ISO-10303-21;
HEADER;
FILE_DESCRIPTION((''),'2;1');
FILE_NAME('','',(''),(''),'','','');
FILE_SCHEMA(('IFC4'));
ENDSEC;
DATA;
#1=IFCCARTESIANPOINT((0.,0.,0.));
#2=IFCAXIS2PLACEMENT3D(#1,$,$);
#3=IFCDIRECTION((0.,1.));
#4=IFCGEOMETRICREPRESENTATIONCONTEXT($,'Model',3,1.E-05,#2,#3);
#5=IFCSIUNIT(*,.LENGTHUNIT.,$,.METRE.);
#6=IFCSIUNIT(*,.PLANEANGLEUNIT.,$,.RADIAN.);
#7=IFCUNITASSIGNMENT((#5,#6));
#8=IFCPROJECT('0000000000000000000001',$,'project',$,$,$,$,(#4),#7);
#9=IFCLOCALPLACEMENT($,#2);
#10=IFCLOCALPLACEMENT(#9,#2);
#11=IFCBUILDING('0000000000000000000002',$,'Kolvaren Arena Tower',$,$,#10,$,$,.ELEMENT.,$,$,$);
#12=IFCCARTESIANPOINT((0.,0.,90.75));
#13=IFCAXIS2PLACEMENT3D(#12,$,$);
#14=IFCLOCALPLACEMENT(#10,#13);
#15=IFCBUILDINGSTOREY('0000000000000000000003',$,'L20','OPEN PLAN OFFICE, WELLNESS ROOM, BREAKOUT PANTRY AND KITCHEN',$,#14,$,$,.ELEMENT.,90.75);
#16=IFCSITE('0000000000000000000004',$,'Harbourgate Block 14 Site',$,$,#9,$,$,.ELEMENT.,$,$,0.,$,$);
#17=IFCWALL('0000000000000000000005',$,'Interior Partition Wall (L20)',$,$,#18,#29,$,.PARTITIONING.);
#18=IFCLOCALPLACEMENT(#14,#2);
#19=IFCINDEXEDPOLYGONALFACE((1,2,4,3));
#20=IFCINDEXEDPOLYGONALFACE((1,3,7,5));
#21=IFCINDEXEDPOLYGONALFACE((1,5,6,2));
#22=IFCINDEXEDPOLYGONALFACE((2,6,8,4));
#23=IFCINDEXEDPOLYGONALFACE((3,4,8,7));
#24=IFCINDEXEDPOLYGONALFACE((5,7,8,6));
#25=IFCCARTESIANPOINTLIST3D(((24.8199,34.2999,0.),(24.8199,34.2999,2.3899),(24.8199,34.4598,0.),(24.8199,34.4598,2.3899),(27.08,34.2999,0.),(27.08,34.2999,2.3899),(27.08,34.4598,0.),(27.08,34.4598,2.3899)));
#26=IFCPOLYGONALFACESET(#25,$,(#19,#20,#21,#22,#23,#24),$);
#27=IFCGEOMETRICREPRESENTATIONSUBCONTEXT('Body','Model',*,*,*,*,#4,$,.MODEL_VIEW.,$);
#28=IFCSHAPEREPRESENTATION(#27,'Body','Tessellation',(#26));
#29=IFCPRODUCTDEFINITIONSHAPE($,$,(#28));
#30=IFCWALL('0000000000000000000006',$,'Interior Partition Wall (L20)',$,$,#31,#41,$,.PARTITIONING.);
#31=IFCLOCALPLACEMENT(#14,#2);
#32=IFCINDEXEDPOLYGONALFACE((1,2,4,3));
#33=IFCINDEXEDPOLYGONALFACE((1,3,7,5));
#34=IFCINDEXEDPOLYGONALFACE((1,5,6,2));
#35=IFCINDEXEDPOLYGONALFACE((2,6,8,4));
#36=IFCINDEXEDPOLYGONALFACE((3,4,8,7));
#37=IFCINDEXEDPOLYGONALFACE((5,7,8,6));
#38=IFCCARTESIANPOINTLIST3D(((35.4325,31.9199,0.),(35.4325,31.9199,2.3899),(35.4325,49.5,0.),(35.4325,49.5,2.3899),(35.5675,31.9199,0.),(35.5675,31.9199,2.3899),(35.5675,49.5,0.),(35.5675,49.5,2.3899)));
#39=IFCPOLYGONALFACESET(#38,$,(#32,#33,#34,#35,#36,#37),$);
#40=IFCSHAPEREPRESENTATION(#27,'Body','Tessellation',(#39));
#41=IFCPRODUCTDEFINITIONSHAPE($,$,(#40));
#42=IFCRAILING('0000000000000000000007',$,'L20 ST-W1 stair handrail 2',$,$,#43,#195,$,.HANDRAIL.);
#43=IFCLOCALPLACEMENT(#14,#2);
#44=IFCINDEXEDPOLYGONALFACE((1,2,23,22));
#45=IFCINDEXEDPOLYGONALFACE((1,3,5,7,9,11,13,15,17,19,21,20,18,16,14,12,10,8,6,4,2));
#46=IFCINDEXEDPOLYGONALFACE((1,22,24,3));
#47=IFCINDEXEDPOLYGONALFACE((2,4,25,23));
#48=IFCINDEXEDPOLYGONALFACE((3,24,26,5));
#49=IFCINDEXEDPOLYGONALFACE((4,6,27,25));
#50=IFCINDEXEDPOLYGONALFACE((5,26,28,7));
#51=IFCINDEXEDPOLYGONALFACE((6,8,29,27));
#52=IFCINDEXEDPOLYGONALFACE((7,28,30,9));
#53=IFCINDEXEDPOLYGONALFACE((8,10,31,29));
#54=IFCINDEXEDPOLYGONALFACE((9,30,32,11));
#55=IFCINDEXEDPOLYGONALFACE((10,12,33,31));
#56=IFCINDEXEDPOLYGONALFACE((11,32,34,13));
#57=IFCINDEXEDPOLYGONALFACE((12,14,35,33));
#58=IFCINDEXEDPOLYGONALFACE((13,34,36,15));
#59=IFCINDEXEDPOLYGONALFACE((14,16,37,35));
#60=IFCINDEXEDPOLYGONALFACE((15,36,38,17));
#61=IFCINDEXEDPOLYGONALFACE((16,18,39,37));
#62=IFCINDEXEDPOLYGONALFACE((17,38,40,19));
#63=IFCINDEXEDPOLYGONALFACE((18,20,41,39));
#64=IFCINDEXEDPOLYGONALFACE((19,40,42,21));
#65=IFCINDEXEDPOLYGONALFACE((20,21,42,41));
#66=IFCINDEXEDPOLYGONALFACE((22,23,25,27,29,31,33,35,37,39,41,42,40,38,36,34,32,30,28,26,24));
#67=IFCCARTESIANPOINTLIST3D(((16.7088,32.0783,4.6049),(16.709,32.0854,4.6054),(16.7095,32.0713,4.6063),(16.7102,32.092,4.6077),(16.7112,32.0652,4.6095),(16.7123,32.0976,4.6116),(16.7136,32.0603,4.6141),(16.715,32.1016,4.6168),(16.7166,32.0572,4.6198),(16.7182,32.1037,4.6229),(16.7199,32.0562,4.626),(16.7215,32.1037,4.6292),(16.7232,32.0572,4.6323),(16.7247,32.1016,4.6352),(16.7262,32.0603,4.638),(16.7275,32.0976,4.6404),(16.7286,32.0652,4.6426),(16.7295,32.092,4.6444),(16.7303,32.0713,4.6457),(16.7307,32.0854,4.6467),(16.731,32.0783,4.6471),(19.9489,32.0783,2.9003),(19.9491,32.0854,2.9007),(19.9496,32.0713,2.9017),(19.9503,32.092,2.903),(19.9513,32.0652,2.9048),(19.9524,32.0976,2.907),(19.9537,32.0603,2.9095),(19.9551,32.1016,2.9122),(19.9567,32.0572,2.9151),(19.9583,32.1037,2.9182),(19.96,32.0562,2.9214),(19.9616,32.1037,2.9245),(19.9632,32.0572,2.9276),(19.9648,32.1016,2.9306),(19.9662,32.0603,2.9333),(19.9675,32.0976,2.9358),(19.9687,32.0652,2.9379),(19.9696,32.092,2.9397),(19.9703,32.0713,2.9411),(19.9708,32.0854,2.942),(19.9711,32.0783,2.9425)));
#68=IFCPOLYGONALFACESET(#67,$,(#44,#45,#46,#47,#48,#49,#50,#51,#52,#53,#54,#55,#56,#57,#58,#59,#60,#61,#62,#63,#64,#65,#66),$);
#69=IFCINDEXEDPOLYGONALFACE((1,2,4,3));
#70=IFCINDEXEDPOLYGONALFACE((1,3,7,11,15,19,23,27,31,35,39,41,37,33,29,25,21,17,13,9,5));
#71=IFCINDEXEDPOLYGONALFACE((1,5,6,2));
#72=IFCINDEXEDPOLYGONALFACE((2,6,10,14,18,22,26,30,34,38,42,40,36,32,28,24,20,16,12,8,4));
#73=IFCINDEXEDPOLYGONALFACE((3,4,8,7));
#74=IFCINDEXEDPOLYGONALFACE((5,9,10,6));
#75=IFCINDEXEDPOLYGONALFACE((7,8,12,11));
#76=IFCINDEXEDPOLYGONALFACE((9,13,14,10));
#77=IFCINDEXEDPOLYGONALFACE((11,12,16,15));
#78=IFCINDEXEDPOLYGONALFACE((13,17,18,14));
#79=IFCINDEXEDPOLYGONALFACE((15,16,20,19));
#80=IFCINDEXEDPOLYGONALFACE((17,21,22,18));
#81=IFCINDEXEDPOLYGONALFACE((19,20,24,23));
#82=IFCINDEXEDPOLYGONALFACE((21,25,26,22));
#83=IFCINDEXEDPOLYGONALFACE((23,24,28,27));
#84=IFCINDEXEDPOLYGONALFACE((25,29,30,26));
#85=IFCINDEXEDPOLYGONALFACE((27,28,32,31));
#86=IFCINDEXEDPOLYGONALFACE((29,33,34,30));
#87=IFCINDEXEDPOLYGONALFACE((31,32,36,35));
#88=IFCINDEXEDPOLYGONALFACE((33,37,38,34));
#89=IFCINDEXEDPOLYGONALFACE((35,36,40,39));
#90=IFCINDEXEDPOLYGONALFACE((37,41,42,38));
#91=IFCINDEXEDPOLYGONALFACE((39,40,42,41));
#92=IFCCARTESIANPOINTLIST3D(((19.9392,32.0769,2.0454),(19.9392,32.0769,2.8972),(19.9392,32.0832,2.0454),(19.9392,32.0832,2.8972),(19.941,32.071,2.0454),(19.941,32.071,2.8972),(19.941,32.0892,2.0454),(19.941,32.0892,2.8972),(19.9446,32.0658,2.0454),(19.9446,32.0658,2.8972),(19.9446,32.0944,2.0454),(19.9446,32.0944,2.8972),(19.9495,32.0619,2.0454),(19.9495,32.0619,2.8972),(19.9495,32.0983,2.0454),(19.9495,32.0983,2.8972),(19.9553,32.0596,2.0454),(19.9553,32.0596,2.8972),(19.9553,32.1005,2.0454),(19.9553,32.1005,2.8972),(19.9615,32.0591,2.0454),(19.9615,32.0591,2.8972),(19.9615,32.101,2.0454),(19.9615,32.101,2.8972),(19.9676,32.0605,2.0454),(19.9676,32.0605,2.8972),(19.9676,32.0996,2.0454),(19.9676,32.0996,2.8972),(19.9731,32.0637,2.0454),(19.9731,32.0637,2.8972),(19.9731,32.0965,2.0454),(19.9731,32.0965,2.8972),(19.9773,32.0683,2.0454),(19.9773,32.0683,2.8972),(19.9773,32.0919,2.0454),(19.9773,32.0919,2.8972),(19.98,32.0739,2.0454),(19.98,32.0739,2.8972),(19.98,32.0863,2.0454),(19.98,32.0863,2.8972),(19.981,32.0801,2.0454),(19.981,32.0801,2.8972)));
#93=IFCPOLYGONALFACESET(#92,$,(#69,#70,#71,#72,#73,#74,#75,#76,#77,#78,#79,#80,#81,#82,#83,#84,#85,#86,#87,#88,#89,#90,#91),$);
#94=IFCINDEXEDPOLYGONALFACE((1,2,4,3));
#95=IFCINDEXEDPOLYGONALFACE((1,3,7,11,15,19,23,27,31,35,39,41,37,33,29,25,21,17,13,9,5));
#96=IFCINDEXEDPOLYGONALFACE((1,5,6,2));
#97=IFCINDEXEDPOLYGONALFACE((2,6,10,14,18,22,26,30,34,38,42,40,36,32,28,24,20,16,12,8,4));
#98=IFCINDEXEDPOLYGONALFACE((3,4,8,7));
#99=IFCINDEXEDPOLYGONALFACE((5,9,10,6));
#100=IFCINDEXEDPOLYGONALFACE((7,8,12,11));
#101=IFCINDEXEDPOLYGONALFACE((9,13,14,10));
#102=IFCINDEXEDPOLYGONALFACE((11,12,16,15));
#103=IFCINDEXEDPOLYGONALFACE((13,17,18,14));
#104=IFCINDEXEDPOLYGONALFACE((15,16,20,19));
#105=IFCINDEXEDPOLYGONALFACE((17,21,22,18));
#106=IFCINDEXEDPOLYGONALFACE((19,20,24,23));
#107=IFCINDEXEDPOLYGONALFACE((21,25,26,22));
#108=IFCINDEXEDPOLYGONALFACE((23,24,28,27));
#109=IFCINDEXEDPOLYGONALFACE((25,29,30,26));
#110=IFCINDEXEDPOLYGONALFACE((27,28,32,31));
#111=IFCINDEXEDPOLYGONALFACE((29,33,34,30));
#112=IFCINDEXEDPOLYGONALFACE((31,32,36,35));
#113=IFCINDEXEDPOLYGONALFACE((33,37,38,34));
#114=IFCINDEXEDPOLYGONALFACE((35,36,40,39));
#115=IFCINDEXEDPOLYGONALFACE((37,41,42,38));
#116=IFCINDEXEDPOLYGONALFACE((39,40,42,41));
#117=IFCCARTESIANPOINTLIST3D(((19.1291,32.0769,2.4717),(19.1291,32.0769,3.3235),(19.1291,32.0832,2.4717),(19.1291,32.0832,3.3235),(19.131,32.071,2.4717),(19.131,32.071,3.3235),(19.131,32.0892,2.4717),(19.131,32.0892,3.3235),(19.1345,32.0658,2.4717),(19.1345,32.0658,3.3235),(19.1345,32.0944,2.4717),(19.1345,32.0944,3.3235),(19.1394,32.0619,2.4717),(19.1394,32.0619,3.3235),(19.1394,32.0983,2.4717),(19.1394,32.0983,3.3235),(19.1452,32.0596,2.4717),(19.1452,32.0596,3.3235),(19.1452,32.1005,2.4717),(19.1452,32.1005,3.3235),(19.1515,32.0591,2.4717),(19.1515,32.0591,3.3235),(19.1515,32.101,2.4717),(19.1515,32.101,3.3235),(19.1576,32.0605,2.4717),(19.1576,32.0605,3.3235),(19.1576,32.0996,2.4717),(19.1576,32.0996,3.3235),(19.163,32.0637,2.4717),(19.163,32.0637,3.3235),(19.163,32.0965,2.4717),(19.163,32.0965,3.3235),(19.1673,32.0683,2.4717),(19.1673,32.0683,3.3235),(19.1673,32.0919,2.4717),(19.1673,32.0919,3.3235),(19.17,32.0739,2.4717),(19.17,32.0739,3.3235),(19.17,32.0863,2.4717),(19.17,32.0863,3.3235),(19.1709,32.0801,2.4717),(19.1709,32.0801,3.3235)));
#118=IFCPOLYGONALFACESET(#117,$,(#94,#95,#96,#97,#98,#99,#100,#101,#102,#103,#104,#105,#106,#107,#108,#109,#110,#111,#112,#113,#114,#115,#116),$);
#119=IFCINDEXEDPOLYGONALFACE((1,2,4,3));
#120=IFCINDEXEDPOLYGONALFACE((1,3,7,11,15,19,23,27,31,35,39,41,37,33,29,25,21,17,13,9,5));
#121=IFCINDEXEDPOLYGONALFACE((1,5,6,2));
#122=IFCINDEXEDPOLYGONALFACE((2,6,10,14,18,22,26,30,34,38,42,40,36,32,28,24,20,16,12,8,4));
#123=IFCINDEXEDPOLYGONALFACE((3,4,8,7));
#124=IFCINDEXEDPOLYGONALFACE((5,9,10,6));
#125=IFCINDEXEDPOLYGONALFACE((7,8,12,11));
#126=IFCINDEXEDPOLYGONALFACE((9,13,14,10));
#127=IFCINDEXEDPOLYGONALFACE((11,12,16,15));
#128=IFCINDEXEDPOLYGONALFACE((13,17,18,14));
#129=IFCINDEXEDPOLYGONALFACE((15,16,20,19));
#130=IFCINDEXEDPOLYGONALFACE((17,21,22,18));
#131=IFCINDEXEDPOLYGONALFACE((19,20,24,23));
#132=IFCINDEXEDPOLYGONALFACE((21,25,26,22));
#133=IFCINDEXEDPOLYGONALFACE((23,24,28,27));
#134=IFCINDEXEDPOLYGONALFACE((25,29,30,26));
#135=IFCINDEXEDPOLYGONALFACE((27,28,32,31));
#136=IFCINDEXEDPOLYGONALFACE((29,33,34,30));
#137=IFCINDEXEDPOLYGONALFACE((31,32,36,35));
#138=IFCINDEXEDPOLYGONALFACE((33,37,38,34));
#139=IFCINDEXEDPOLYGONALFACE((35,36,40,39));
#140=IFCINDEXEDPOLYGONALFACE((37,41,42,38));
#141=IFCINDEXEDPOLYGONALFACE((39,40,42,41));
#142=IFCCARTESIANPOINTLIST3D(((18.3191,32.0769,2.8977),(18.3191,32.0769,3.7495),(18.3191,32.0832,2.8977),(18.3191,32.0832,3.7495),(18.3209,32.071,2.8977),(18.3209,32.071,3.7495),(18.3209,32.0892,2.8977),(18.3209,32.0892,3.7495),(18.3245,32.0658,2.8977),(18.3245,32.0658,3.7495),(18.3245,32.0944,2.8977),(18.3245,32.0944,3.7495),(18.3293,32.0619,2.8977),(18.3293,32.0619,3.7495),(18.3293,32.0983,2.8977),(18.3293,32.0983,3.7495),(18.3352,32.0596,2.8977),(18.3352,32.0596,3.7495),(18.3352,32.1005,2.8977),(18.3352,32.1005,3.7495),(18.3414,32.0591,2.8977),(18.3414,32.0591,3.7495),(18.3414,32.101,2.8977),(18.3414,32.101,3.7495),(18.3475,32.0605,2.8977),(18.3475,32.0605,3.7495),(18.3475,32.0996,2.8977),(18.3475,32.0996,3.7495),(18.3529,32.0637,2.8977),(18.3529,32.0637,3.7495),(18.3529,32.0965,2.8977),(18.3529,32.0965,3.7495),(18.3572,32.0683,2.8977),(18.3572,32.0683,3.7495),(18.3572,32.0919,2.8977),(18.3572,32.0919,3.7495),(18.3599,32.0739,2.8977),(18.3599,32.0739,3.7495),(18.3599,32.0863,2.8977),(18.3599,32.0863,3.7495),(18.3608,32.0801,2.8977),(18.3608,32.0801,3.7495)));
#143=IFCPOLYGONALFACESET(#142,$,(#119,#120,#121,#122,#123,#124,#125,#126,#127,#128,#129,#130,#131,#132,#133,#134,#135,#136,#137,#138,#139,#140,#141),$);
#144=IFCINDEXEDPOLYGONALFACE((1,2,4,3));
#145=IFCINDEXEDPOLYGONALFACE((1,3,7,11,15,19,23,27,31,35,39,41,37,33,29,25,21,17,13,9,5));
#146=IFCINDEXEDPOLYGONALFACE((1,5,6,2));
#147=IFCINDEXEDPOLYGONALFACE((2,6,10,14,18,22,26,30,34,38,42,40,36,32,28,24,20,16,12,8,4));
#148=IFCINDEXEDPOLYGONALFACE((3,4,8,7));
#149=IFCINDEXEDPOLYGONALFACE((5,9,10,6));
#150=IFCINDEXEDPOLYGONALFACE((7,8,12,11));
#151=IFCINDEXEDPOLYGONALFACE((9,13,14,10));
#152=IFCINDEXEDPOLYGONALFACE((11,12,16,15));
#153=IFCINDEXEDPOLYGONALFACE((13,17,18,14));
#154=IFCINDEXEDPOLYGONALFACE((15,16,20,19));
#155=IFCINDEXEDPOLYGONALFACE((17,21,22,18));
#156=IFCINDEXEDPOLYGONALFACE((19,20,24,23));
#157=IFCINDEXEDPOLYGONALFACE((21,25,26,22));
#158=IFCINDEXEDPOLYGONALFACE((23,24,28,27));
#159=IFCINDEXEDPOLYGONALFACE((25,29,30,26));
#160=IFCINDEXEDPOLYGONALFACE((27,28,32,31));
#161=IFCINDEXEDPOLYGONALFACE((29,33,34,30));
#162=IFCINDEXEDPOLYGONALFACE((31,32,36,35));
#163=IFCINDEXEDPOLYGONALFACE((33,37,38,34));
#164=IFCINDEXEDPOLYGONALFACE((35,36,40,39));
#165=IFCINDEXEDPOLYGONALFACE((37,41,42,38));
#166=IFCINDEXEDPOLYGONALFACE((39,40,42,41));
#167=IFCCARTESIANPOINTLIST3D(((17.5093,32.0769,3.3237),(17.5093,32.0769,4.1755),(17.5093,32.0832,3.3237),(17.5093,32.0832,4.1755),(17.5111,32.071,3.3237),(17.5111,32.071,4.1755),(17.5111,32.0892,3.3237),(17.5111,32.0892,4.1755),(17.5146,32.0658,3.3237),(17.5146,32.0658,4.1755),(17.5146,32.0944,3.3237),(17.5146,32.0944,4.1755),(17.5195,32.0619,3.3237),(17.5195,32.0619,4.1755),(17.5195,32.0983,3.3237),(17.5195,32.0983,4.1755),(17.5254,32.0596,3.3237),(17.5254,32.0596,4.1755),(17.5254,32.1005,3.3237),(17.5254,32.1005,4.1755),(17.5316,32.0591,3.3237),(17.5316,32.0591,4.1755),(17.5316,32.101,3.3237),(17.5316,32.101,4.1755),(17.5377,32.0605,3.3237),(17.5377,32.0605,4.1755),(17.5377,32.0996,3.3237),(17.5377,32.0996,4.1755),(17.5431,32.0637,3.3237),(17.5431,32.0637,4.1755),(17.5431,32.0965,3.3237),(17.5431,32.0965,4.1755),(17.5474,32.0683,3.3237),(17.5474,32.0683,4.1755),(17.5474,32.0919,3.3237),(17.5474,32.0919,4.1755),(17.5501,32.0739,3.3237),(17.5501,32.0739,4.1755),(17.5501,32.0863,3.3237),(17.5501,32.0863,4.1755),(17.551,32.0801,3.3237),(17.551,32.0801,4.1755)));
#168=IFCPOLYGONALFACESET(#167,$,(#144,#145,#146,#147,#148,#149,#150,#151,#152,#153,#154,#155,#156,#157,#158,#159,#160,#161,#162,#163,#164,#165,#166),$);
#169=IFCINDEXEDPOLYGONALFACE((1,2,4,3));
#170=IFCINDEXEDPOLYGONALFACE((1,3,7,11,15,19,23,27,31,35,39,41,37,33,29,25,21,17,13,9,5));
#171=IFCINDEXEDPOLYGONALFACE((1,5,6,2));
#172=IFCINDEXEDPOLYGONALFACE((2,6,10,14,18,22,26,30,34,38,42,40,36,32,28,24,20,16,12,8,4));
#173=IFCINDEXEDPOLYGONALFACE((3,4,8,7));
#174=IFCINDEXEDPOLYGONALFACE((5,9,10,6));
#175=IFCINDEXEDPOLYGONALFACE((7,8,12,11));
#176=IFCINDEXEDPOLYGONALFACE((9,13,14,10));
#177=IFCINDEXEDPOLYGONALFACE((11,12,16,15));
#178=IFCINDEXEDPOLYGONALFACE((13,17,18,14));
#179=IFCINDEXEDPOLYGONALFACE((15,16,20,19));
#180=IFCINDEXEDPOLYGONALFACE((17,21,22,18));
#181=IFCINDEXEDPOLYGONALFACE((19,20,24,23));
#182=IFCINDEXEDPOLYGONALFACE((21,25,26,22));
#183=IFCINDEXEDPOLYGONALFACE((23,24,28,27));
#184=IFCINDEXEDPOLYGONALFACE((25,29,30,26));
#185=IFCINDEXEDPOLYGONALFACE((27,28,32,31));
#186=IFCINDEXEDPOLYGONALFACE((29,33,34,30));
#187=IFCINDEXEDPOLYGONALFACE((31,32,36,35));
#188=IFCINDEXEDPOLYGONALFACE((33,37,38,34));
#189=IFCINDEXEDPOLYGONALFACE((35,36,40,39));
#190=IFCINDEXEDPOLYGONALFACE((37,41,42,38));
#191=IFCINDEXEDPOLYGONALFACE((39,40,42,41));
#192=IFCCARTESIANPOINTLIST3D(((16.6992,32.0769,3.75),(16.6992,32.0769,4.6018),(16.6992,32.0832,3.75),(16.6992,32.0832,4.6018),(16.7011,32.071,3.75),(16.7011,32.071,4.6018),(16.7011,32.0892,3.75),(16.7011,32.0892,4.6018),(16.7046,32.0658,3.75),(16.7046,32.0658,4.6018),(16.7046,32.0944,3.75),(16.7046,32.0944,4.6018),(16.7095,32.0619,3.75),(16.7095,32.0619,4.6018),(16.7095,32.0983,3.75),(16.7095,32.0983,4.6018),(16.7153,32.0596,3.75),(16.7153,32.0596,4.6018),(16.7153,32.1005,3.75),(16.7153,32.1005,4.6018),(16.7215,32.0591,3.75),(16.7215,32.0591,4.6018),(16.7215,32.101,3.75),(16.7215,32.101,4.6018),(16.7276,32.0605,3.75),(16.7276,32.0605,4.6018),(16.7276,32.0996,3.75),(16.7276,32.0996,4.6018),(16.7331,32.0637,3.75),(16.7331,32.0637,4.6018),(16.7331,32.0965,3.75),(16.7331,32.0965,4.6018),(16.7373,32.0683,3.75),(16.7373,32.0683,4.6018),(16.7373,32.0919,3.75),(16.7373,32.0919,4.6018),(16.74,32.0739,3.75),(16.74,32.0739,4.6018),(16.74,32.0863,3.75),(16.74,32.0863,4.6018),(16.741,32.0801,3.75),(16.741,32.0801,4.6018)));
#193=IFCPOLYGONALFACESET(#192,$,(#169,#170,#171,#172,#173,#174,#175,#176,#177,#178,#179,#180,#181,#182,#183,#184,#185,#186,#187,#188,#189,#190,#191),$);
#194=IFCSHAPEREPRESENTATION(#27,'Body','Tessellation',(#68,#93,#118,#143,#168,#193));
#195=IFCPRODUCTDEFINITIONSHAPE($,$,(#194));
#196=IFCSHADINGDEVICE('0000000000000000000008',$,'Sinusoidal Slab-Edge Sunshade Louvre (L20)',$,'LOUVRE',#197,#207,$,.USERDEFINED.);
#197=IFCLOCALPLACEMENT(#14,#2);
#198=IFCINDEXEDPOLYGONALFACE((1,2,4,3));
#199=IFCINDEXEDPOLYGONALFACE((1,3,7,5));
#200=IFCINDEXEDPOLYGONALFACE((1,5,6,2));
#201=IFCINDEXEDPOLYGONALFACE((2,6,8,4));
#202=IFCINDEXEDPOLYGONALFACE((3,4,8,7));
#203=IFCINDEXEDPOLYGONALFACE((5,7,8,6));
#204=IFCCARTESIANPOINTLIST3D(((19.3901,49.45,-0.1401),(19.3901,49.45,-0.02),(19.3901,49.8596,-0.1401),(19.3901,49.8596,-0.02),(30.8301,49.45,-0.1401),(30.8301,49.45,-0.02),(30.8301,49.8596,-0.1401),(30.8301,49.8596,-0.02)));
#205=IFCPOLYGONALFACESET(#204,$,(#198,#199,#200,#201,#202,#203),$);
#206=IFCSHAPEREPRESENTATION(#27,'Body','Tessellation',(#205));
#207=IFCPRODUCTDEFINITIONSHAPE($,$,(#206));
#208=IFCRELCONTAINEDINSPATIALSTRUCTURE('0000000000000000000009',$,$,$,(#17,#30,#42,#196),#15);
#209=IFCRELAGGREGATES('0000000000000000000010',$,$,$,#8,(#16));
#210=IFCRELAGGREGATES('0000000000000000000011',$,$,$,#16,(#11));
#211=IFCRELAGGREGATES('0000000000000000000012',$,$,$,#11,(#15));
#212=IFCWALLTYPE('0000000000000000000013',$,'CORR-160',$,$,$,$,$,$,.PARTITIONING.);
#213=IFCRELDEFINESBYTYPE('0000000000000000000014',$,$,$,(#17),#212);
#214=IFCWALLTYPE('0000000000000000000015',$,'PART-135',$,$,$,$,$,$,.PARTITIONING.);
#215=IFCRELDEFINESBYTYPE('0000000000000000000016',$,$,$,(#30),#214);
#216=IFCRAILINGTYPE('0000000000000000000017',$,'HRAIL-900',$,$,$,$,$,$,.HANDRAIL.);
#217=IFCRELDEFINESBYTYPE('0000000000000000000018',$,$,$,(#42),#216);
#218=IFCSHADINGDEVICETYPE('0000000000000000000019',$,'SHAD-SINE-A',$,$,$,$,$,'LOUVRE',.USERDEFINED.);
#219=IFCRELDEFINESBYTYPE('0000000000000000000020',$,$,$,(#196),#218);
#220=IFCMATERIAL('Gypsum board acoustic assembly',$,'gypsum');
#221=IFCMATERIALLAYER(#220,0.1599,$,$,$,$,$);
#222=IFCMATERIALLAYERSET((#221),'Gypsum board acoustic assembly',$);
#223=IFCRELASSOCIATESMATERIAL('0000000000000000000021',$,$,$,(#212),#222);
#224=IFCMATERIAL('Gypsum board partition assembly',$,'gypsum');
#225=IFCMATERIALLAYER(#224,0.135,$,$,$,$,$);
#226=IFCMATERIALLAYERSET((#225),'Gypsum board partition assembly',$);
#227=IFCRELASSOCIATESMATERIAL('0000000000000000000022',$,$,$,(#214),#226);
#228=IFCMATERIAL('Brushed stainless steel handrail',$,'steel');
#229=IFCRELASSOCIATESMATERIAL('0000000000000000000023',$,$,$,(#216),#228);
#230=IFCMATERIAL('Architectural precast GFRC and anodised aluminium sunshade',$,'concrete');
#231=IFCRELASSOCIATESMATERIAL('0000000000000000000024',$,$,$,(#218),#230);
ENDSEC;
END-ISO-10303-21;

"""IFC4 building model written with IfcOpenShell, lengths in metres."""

from ifc_helpers import new_model, si_unit, direction, frame, frame_2d, origin, origin_2d, place, context, subcontext, project, spatial, rectangle, circle, extrude, material, layer, layer_set, type_object, element, save


model = new_model("IFC4")

# Units and contexts
model_context = context("Model", 3, precision=1e-05, world=origin(), true_north=direction((0.0, 1.0)))
body_context = subcontext(model_context, "Body", "Model", "MODEL_VIEW")
ifc_project = project(units=[si_unit("LENGTHUNIT", "METRE"), si_unit("PLANEANGLEUNIT", "RADIAN")], contexts=[model_context])

# Site, building, storey
site_placement = place(None, origin())
site = spatial("IfcSite", under=ifc_project, at=site_placement, Name="Harbourgate Block 14 Site", CompositionType="ELEMENT", RefElevation=0.0)
building_placement = place(site_placement, origin())
building = spatial("IfcBuilding", under=site, at=building_placement, Name="Kolvaren Arena Tower", CompositionType="ELEMENT")
storey_placement = place(building_placement, frame((0.0, 0.0, 90.75)))
storey = spatial("IfcBuildingStorey", under=building, at=storey_placement, Name="L20", Description="OPEN PLAN OFFICE, WELLNESS ROOM, BREAKOUT PANTRY AND KITCHEN", CompositionType="ELEMENT", Elevation=90.75)

# Shared definitions
ifc_material_1 = material(Name="Gypsum board acoustic assembly", Category="gypsum")
ifc_layer_1 = layer(ifc_material_1, 0.1599)
ifc_layer_set_1 = layer_set([ifc_layer_1], Name="Gypsum board acoustic assembly")
wall_type_1 = type_object("IfcWallType", Name="CORR-160", PredefinedType="PARTITIONING", material=ifc_layer_set_1)

# Walls
wall_1_placement = place(storey_placement, frame((24.8201, 34.3799, 0.0), z_axis=(0.0, 0.0, 1.0), x_axis=(1.0, 0.0, 0.0)))
element("IfcWall", 1, at=wall_1_placement, inside=storey, type_object=wall_type_1, Name="Interior Partition Wall (L20)", PredefinedType="PARTITIONING", context=body_context, shape_type="SweptSolid", body=[
    extrude(rectangle(XDim=2.26, YDim=0.1599, at=frame_2d((1.1299, 0.0))), origin(), (0.0, 0.0, 1.0), 2.3899),
])
ifc_material_2 = material(Name="Gypsum board partition assembly", Category="gypsum")
ifc_layer_2 = layer(ifc_material_2, 0.135)
ifc_layer_set_2 = layer_set([ifc_layer_2], Name="Gypsum board partition assembly")
wall_type_2 = type_object("IfcWallType", Name="PART-135", PredefinedType="PARTITIONING", material=ifc_layer_set_2)
wall_2_placement = place(storey_placement, frame((35.5, 31.9199, 0.0), z_axis=(0.0, 0.0, 1.0), x_axis=(0.0, 1.0, 0.0)))
element("IfcWall", 2, at=wall_2_placement, inside=storey, type_object=wall_type_2, Name="Interior Partition Wall (L20)", PredefinedType="PARTITIONING", context=body_context, shape_type="SweptSolid", body=[
    extrude(rectangle(XDim=17.5801, YDim=0.135, at=frame_2d((8.79, 0.0))), origin(), (0.0, 0.0, 1.0), 2.3899),
])

# Railing
ifc_material_3 = material(Name="Brushed stainless steel handrail", Category="steel")
railing_type = type_object("IfcRailingType", Name="HRAIL-900", PredefinedType="HANDRAIL", material=ifc_material_3)
railing_placement = place(storey_placement, frame((19.96, 32.0801, 2.0454)))
element("IfcRailing", 3, at=railing_placement, inside=storey, type_object=railing_type, Name="L20 ST-W1 stair handrail 2", PredefinedType="HANDRAIL", context=body_context, shape_type="SweptSolid", body=[
    extrude(circle(Radius=0.0239, at=origin_2d()), frame((0.0, 0.0, 0.876), z_axis=(-0.884993, 0.0, 0.465604), x_axis=(0.0, -1.0, 0.0)), (0.0, 0.0, 1.0), 3.6611),
    extrude(circle(Radius=0.021, at=origin_2d()), origin(), (0.0, 0.0, 1.0), 0.8518),
    extrude(circle(Radius=0.021, at=origin_2d()), frame((-0.8101, 0.0, 0.4263)), (0.0, 0.0, 1.0), 0.8518),
    extrude(circle(Radius=0.021, at=origin_2d()), frame((-1.6201, 0.0, 0.8523)), (0.0, 0.0, 1.0), 0.8518),
    extrude(circle(Radius=0.021, at=origin_2d()), frame((-2.4299, 0.0, 1.2783)), (0.0, 0.0, 1.0), 0.8518),
    extrude(circle(Radius=0.021, at=origin_2d()), frame((-3.24, 0.0, 1.7046)), (0.0, 0.0, 1.0), 0.8518),
])

# Shading device
ifc_material_4 = material(Name="Architectural precast GFRC and anodised aluminium sunshade", Category="concrete")
shading_device_type_1 = type_object("IfcShadingDeviceType", Name="SHAD-SINE-A", ElementType="LOUVRE", PredefinedType="USERDEFINED", material=ifc_material_4)
shading_device_1_placement = place(storey_placement, frame((25.1101, 49.6548, -0.1401), z_axis=(0.0, 0.0, 1.0), x_axis=(1.0, 0.0, 0.0)))
element("IfcShadingDevice", 4, at=shading_device_1_placement, inside=storey, type_object=shading_device_type_1, Name="Sinusoidal Slab-Edge Sunshade Louvre (L20)", ObjectType="LOUVRE", PredefinedType="USERDEFINED", context=body_context, shape_type="SweptSolid", body=[
    extrude(rectangle(XDim=11.4399, YDim=0.4097, at=origin_2d()), origin(), (0.0, 0.0, 1.0), 0.1201),
])

save(model, "model.ifc")
